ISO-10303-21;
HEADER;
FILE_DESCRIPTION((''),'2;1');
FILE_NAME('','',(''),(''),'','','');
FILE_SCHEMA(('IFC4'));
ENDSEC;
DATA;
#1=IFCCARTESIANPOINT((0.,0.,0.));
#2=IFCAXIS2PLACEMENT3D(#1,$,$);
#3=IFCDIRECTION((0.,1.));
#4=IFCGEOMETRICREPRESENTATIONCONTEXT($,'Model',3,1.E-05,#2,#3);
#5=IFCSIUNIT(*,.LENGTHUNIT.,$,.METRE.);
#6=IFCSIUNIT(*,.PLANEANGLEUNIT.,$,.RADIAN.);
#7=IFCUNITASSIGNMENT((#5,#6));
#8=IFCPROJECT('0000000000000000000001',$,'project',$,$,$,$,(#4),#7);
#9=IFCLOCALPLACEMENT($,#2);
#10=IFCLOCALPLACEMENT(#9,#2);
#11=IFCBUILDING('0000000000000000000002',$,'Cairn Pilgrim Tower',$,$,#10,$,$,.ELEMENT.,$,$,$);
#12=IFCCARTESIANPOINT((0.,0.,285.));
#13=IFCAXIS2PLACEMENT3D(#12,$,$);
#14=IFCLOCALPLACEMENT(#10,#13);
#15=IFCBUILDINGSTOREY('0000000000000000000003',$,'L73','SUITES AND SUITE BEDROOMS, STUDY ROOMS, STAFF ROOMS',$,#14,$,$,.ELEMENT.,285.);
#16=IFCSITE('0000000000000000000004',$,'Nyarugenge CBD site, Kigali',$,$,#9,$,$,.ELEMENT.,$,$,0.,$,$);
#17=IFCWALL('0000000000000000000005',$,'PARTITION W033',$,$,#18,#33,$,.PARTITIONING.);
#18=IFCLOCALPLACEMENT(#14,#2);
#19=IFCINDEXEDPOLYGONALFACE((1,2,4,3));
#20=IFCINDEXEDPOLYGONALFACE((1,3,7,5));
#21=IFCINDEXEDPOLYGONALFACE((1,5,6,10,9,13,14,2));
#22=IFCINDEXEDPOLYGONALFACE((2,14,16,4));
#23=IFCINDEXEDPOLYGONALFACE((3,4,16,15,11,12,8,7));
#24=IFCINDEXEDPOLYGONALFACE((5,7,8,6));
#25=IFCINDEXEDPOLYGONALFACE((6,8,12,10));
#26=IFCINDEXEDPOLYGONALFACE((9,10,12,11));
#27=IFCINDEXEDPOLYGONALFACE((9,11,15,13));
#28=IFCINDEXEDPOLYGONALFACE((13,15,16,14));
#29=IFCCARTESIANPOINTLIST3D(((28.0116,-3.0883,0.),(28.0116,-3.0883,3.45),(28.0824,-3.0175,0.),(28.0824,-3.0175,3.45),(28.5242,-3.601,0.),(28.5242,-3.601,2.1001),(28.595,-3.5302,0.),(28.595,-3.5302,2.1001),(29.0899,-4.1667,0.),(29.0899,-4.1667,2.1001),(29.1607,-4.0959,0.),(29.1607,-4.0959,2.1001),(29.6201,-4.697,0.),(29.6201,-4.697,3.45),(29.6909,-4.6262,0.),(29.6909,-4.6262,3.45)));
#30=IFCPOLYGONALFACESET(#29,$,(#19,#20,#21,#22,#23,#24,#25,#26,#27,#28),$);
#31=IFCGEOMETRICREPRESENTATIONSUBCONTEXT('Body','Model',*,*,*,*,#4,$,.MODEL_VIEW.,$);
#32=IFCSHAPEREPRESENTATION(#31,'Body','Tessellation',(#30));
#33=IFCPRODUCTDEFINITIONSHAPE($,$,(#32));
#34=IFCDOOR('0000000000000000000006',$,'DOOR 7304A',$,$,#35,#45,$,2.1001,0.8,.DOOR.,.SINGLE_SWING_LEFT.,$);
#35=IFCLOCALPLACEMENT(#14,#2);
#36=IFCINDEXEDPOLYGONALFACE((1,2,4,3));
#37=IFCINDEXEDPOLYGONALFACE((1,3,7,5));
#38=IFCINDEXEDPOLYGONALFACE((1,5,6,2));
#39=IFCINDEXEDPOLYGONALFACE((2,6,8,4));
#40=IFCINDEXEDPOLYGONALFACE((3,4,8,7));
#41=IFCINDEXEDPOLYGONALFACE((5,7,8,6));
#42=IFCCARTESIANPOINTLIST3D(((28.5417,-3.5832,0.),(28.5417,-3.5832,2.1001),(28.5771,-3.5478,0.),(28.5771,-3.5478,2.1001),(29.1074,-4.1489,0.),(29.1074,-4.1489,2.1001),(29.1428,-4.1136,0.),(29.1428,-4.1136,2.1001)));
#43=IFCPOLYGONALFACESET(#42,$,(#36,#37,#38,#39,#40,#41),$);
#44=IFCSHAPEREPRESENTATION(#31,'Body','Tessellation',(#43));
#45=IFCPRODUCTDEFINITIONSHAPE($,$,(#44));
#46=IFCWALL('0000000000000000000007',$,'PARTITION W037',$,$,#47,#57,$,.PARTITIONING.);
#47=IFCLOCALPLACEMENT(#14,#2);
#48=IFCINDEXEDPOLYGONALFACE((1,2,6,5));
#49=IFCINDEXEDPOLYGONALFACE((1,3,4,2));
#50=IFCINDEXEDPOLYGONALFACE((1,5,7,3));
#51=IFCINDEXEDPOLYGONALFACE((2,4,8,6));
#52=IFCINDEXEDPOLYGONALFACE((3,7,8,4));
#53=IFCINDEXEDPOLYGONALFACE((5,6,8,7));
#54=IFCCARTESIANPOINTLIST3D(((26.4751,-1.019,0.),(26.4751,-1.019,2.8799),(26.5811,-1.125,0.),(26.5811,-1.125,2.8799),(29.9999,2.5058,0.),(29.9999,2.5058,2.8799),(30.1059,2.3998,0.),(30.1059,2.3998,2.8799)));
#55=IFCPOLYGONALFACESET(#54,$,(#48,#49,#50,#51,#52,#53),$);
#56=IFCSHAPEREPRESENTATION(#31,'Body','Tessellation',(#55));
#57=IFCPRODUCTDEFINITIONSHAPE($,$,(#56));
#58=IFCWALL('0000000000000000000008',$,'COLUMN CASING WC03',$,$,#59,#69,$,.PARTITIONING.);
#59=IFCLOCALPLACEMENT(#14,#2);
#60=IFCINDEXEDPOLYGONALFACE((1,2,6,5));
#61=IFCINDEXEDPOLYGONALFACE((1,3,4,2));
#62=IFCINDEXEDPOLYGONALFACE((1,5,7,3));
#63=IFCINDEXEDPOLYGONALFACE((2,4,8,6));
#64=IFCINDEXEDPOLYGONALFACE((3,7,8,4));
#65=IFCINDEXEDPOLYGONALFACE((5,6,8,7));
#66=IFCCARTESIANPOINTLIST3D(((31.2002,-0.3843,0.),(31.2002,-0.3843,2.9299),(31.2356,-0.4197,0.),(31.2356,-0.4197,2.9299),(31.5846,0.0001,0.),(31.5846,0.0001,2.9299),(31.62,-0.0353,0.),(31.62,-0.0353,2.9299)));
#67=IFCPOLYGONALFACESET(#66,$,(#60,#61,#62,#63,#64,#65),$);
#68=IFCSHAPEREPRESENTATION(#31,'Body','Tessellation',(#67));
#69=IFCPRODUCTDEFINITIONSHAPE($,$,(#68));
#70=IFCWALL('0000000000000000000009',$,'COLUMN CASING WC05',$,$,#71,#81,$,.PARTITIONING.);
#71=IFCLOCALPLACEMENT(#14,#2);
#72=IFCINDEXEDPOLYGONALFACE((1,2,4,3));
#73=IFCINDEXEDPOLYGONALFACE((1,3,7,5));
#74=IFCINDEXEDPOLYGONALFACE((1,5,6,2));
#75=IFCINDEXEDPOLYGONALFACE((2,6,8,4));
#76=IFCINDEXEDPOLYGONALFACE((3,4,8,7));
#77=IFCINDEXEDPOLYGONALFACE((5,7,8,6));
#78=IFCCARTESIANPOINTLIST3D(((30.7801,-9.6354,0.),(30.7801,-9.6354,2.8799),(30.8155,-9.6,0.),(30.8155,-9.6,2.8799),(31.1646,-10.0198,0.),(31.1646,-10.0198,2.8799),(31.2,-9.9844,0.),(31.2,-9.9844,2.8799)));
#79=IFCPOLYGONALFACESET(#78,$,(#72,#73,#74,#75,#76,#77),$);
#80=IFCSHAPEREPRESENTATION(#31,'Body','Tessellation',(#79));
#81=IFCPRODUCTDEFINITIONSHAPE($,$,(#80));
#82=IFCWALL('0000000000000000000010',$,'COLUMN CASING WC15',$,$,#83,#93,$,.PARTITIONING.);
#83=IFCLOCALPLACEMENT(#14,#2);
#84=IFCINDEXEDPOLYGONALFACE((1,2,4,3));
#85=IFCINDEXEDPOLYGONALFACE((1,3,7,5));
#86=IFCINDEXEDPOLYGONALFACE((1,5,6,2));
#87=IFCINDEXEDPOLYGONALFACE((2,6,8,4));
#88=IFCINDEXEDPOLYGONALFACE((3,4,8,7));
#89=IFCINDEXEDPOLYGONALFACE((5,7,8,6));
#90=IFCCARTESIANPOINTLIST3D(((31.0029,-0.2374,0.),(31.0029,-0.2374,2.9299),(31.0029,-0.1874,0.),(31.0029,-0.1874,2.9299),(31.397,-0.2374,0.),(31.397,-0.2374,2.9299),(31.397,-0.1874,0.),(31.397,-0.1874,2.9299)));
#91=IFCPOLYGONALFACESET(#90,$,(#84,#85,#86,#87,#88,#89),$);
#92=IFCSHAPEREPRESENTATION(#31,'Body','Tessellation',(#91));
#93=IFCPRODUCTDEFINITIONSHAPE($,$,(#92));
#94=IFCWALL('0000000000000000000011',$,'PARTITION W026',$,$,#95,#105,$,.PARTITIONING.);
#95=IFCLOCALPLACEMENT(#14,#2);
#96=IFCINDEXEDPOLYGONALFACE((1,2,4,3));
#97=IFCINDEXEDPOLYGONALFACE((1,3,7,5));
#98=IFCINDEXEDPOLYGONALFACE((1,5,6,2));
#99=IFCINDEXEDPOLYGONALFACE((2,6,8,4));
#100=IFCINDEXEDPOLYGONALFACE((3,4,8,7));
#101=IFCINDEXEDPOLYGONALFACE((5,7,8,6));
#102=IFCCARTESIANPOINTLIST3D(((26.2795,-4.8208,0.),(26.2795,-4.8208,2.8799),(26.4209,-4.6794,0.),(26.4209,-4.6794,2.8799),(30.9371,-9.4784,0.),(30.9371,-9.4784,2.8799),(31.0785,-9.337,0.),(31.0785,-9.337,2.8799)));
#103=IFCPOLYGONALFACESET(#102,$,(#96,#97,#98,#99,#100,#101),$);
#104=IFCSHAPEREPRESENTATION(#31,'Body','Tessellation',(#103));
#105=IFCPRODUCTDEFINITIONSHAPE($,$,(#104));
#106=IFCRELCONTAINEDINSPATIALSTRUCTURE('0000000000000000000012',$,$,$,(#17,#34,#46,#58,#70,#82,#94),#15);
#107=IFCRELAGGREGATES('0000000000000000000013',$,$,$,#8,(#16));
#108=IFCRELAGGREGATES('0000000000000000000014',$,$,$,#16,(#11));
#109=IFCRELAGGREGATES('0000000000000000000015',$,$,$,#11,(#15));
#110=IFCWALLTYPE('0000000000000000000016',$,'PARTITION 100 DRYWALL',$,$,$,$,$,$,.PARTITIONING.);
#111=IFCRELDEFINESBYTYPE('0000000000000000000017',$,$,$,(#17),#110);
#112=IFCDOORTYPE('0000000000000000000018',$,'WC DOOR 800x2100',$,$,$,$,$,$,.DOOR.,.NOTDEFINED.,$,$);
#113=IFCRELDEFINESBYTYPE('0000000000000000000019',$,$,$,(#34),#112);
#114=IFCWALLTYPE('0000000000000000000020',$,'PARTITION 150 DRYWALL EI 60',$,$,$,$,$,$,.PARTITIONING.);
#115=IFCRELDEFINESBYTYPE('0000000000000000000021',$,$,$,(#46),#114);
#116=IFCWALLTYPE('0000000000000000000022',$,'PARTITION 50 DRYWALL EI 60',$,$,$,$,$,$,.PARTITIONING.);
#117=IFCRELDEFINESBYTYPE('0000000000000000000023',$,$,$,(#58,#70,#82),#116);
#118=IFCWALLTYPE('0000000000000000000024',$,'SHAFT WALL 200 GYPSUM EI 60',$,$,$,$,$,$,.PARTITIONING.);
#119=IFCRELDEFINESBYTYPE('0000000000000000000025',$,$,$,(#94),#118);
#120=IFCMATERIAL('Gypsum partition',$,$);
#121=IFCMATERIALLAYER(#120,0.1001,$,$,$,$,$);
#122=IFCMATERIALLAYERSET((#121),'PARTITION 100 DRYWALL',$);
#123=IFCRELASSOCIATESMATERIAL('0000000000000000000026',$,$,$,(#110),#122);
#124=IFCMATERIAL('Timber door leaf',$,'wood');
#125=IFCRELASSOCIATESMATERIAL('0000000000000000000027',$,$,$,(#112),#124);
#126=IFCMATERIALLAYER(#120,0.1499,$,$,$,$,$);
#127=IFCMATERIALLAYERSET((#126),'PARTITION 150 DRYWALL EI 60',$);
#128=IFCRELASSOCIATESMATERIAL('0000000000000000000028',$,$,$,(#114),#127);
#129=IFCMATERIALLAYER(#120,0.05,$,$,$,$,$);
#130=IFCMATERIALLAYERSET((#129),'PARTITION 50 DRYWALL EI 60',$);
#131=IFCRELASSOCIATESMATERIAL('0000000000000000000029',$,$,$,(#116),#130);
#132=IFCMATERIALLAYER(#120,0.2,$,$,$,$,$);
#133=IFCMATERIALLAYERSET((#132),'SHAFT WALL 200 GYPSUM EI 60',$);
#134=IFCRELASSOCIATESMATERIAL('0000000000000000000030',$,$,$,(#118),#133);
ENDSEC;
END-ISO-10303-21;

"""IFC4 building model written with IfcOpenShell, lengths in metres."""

from ifc_helpers import new_model, si_unit, direction, frame, frame_2d, origin, place, context, subcontext, project, spatial, rectangle, extrude, material, layer, layer_set, type_object, element, fill, save


model = new_model("IFC4")

# Units and contexts
model_context = context("Model", 3, precision=1e-05, world=origin(), true_north=direction((0.0, 1.0)))
body_context = subcontext(model_context, "Body", "Model", "MODEL_VIEW")
ifc_project = project(units=[si_unit("LENGTHUNIT", "METRE"), si_unit("PLANEANGLEUNIT", "RADIAN")], contexts=[model_context])

# Site, building, storey
site_placement = place(None, origin())
site = spatial("IfcSite", under=ifc_project, at=site_placement, Name="Nyarugenge CBD site, Kigali", CompositionType="ELEMENT", RefElevation=0.0)
building_placement = place(site_placement, origin())
building = spatial("IfcBuilding", under=site, at=building_placement, Name="Cairn Pilgrim Tower", CompositionType="ELEMENT")
storey_placement = place(building_placement, frame((0.0, 0.0, 285.0)))
storey = spatial("IfcBuildingStorey", under=building, at=storey_placement, Name="L73", Description="SUITES AND SUITE BEDROOMS, STUDY ROOMS, STAFF ROOMS", CompositionType="ELEMENT", Elevation=285.0)

# Shared definitions
ifc_material_1 = material(Name="Gypsum partition")
ifc_layer_1 = layer(ifc_material_1, 0.1001)
ifc_layer_set_1 = layer_set([ifc_layer_1], Name="PARTITION 100 DRYWALL")
wall_type_1 = type_object("IfcWallType", Name="PARTITION 100 DRYWALL", PredefinedType="PARTITIONING", material=ifc_layer_set_1)

# Wall, opening, door
wall_1_placement = place(storey_placement, frame((29.6555, -4.6616, 0.0), z_axis=(0.0, 0.0, 1.0), x_axis=(-0.707053, 0.70716, 0.0)))
wall_1 = element("IfcWall", 1, at=wall_1_placement, inside=storey, type_object=wall_type_1, Name="PARTITION W033", PredefinedType="PARTITIONING", context=body_context, shape_type="SweptSolid", body=[
    extrude(rectangle(XDim=2.2749, YDim=0.1001, at=frame_2d((1.1375, 0.0))), origin(), (0.0, 0.0, 1.0), 3.45),
])
opening_1_placement = place(wall_1_placement, frame((0.75, 0.0, 0.0)))
opening_1 = element("IfcOpeningElement", 2, at=opening_1_placement, cuts=wall_1, PredefinedType="OPENING", context=body_context, shape_type="SweptSolid", body=[
    extrude(rectangle(XDim=0.8, YDim=2.1001, at=frame_2d((0.3999, 1.05))), frame((0.0, 0.0601, 0.0), z_axis=(0.0, -1.0, 0.0), x_axis=(1.0, 0.0, 0.0)), (0.0, 0.0, 1.0), 0.1201),
])
ifc_material_2 = material(Name="Timber door leaf", Category="wood")
door_type_1 = type_object("IfcDoorType", Name="WC DOOR 800x2100", OperationType="NOTDEFINED", PredefinedType="DOOR", material=ifc_material_2)
door_1_placement = place(opening_1_placement, frame((0.8, 0.0, 0.0), z_axis=(0.0, 0.0, 1.0), x_axis=(-1.0, 0.0, 0.0)))
door_1 = element("IfcDoor", 3, at=door_1_placement, inside=storey, type_object=door_type_1, Name="DOOR 7304A", OperationType="SINGLE_SWING_LEFT", OverallHeight=2.1001, OverallWidth=0.8, PredefinedType="DOOR", context=body_context, shape_type="SweptSolid", body=[
    extrude(rectangle(XDim=0.8, YDim=2.1001, at=frame_2d((0.3999, 1.05))), frame((0.0, 0.0249, 0.0), z_axis=(0.0, -1.0, 0.0), x_axis=(1.0, 0.0, 0.0)), (0.0, 0.0, 1.0), 0.05),
])
fill(opening_1, door_1)

# Walls
ifc_layer_2 = layer(ifc_material_1, 0.1499)
ifc_layer_set_2 = layer_set([ifc_layer_2], Name="PARTITION 150 DRYWALL EI 60")
wall_type_2 = type_object("IfcWallType", Name="PARTITION 150 DRYWALL EI 60", PredefinedType="PARTITIONING", material=ifc_layer_set_2)
wall_2_placement = place(storey_placement, frame((26.5281, -1.072, 0.0), z_axis=(0.0, 0.0, 1.0), x_axis=(0.707107, 0.707107, 0.0)))
element("IfcWall", 4, at=wall_2_placement, inside=storey, type_object=wall_type_2, Name="PARTITION W037", PredefinedType="PARTITIONING", context=body_context, shape_type="SweptSolid", body=[
    extrude(rectangle(XDim=4.9849, YDim=0.1499, at=frame_2d((2.4924, 0.0))), origin(), (0.0, 0.0, 1.0), 2.8799),
])
ifc_layer_3 = layer(ifc_material_1, 0.05)
ifc_layer_set_3 = layer_set([ifc_layer_3], Name="PARTITION 50 DRYWALL EI 60")
wall_type_3 = type_object("IfcWallType", Name="PARTITION 50 DRYWALL EI 60", PredefinedType="PARTITIONING", material=ifc_layer_set_3)
wall_3_placement = place(storey_placement, frame((31.2178, -0.4021, 0.0), z_axis=(0.0, 0.0, 1.0), x_axis=(0.707107, 0.707107, 0.0)))
element("IfcWall", 5, at=wall_3_placement, inside=storey, type_object=wall_type_3, Name="COLUMN CASING WC03", PredefinedType="PARTITIONING", context=body_context, shape_type="SweptSolid", body=[
    extrude(rectangle(XDim=0.5437, YDim=0.05, at=frame_2d((0.272, 0.0))), origin(), (0.0, 0.0, 1.0), 2.9299),
])
wall_4_placement = place(storey_placement, frame((31.1824, -10.0022, 0.0), z_axis=(0.0, 0.0, 1.0), x_axis=(-0.707107, 0.707107, 0.0)))
element("IfcWall", 6, at=wall_4_placement, inside=storey, type_object=wall_type_3, Name="COLUMN CASING WC05", PredefinedType="PARTITIONING", context=body_context, shape_type="SweptSolid", body=[
    extrude(rectangle(XDim=0.5437, YDim=0.05, at=frame_2d((0.272, 0.0))), origin(), (0.0, 0.0, 1.0), 2.8799),
])
wall_5_placement = place(storey_placement, frame((31.0029, -0.2124, 0.0), z_axis=(0.0, 0.0, 1.0), x_axis=(1.0, 0.0, 0.0)))
element("IfcWall", 7, at=wall_5_placement, inside=storey, type_object=wall_type_3, Name="COLUMN CASING WC15", PredefinedType="PARTITIONING", context=body_context, shape_type="SweptSolid", body=[
    extrude(rectangle(XDim=0.394, YDim=0.05, at=frame_2d((0.197, 0.0))), origin(), (0.0, 0.0, 1.0), 2.9299),
])
ifc_layer_4 = layer(ifc_material_1, 0.2)
ifc_layer_set_4 = layer_set([ifc_layer_4], Name="SHAFT WALL 200 GYPSUM EI 60")
wall_type_4 = type_object("IfcWallType", Name="SHAFT WALL 200 GYPSUM EI 60", PredefinedType="PARTITIONING", material=ifc_layer_set_4)
wall_6_placement = place(storey_placement, frame((31.0078, -9.4077, 0.0), z_axis=(0.0, 0.0, 1.0), x_axis=(-0.707107, 0.707107, 0.0)))
element("IfcWall", 8, at=wall_6_placement, inside=storey, type_object=wall_type_4, Name="PARTITION W026", PredefinedType="PARTITIONING", context=body_context, shape_type="SweptSolid", body=[
    extrude(rectangle(XDim=6.5869, YDim=0.2, at=frame_2d((3.2935, 0.0))), origin(), (0.0, 0.0, 1.0), 2.8799),
])

save(model, "model.ifc")
